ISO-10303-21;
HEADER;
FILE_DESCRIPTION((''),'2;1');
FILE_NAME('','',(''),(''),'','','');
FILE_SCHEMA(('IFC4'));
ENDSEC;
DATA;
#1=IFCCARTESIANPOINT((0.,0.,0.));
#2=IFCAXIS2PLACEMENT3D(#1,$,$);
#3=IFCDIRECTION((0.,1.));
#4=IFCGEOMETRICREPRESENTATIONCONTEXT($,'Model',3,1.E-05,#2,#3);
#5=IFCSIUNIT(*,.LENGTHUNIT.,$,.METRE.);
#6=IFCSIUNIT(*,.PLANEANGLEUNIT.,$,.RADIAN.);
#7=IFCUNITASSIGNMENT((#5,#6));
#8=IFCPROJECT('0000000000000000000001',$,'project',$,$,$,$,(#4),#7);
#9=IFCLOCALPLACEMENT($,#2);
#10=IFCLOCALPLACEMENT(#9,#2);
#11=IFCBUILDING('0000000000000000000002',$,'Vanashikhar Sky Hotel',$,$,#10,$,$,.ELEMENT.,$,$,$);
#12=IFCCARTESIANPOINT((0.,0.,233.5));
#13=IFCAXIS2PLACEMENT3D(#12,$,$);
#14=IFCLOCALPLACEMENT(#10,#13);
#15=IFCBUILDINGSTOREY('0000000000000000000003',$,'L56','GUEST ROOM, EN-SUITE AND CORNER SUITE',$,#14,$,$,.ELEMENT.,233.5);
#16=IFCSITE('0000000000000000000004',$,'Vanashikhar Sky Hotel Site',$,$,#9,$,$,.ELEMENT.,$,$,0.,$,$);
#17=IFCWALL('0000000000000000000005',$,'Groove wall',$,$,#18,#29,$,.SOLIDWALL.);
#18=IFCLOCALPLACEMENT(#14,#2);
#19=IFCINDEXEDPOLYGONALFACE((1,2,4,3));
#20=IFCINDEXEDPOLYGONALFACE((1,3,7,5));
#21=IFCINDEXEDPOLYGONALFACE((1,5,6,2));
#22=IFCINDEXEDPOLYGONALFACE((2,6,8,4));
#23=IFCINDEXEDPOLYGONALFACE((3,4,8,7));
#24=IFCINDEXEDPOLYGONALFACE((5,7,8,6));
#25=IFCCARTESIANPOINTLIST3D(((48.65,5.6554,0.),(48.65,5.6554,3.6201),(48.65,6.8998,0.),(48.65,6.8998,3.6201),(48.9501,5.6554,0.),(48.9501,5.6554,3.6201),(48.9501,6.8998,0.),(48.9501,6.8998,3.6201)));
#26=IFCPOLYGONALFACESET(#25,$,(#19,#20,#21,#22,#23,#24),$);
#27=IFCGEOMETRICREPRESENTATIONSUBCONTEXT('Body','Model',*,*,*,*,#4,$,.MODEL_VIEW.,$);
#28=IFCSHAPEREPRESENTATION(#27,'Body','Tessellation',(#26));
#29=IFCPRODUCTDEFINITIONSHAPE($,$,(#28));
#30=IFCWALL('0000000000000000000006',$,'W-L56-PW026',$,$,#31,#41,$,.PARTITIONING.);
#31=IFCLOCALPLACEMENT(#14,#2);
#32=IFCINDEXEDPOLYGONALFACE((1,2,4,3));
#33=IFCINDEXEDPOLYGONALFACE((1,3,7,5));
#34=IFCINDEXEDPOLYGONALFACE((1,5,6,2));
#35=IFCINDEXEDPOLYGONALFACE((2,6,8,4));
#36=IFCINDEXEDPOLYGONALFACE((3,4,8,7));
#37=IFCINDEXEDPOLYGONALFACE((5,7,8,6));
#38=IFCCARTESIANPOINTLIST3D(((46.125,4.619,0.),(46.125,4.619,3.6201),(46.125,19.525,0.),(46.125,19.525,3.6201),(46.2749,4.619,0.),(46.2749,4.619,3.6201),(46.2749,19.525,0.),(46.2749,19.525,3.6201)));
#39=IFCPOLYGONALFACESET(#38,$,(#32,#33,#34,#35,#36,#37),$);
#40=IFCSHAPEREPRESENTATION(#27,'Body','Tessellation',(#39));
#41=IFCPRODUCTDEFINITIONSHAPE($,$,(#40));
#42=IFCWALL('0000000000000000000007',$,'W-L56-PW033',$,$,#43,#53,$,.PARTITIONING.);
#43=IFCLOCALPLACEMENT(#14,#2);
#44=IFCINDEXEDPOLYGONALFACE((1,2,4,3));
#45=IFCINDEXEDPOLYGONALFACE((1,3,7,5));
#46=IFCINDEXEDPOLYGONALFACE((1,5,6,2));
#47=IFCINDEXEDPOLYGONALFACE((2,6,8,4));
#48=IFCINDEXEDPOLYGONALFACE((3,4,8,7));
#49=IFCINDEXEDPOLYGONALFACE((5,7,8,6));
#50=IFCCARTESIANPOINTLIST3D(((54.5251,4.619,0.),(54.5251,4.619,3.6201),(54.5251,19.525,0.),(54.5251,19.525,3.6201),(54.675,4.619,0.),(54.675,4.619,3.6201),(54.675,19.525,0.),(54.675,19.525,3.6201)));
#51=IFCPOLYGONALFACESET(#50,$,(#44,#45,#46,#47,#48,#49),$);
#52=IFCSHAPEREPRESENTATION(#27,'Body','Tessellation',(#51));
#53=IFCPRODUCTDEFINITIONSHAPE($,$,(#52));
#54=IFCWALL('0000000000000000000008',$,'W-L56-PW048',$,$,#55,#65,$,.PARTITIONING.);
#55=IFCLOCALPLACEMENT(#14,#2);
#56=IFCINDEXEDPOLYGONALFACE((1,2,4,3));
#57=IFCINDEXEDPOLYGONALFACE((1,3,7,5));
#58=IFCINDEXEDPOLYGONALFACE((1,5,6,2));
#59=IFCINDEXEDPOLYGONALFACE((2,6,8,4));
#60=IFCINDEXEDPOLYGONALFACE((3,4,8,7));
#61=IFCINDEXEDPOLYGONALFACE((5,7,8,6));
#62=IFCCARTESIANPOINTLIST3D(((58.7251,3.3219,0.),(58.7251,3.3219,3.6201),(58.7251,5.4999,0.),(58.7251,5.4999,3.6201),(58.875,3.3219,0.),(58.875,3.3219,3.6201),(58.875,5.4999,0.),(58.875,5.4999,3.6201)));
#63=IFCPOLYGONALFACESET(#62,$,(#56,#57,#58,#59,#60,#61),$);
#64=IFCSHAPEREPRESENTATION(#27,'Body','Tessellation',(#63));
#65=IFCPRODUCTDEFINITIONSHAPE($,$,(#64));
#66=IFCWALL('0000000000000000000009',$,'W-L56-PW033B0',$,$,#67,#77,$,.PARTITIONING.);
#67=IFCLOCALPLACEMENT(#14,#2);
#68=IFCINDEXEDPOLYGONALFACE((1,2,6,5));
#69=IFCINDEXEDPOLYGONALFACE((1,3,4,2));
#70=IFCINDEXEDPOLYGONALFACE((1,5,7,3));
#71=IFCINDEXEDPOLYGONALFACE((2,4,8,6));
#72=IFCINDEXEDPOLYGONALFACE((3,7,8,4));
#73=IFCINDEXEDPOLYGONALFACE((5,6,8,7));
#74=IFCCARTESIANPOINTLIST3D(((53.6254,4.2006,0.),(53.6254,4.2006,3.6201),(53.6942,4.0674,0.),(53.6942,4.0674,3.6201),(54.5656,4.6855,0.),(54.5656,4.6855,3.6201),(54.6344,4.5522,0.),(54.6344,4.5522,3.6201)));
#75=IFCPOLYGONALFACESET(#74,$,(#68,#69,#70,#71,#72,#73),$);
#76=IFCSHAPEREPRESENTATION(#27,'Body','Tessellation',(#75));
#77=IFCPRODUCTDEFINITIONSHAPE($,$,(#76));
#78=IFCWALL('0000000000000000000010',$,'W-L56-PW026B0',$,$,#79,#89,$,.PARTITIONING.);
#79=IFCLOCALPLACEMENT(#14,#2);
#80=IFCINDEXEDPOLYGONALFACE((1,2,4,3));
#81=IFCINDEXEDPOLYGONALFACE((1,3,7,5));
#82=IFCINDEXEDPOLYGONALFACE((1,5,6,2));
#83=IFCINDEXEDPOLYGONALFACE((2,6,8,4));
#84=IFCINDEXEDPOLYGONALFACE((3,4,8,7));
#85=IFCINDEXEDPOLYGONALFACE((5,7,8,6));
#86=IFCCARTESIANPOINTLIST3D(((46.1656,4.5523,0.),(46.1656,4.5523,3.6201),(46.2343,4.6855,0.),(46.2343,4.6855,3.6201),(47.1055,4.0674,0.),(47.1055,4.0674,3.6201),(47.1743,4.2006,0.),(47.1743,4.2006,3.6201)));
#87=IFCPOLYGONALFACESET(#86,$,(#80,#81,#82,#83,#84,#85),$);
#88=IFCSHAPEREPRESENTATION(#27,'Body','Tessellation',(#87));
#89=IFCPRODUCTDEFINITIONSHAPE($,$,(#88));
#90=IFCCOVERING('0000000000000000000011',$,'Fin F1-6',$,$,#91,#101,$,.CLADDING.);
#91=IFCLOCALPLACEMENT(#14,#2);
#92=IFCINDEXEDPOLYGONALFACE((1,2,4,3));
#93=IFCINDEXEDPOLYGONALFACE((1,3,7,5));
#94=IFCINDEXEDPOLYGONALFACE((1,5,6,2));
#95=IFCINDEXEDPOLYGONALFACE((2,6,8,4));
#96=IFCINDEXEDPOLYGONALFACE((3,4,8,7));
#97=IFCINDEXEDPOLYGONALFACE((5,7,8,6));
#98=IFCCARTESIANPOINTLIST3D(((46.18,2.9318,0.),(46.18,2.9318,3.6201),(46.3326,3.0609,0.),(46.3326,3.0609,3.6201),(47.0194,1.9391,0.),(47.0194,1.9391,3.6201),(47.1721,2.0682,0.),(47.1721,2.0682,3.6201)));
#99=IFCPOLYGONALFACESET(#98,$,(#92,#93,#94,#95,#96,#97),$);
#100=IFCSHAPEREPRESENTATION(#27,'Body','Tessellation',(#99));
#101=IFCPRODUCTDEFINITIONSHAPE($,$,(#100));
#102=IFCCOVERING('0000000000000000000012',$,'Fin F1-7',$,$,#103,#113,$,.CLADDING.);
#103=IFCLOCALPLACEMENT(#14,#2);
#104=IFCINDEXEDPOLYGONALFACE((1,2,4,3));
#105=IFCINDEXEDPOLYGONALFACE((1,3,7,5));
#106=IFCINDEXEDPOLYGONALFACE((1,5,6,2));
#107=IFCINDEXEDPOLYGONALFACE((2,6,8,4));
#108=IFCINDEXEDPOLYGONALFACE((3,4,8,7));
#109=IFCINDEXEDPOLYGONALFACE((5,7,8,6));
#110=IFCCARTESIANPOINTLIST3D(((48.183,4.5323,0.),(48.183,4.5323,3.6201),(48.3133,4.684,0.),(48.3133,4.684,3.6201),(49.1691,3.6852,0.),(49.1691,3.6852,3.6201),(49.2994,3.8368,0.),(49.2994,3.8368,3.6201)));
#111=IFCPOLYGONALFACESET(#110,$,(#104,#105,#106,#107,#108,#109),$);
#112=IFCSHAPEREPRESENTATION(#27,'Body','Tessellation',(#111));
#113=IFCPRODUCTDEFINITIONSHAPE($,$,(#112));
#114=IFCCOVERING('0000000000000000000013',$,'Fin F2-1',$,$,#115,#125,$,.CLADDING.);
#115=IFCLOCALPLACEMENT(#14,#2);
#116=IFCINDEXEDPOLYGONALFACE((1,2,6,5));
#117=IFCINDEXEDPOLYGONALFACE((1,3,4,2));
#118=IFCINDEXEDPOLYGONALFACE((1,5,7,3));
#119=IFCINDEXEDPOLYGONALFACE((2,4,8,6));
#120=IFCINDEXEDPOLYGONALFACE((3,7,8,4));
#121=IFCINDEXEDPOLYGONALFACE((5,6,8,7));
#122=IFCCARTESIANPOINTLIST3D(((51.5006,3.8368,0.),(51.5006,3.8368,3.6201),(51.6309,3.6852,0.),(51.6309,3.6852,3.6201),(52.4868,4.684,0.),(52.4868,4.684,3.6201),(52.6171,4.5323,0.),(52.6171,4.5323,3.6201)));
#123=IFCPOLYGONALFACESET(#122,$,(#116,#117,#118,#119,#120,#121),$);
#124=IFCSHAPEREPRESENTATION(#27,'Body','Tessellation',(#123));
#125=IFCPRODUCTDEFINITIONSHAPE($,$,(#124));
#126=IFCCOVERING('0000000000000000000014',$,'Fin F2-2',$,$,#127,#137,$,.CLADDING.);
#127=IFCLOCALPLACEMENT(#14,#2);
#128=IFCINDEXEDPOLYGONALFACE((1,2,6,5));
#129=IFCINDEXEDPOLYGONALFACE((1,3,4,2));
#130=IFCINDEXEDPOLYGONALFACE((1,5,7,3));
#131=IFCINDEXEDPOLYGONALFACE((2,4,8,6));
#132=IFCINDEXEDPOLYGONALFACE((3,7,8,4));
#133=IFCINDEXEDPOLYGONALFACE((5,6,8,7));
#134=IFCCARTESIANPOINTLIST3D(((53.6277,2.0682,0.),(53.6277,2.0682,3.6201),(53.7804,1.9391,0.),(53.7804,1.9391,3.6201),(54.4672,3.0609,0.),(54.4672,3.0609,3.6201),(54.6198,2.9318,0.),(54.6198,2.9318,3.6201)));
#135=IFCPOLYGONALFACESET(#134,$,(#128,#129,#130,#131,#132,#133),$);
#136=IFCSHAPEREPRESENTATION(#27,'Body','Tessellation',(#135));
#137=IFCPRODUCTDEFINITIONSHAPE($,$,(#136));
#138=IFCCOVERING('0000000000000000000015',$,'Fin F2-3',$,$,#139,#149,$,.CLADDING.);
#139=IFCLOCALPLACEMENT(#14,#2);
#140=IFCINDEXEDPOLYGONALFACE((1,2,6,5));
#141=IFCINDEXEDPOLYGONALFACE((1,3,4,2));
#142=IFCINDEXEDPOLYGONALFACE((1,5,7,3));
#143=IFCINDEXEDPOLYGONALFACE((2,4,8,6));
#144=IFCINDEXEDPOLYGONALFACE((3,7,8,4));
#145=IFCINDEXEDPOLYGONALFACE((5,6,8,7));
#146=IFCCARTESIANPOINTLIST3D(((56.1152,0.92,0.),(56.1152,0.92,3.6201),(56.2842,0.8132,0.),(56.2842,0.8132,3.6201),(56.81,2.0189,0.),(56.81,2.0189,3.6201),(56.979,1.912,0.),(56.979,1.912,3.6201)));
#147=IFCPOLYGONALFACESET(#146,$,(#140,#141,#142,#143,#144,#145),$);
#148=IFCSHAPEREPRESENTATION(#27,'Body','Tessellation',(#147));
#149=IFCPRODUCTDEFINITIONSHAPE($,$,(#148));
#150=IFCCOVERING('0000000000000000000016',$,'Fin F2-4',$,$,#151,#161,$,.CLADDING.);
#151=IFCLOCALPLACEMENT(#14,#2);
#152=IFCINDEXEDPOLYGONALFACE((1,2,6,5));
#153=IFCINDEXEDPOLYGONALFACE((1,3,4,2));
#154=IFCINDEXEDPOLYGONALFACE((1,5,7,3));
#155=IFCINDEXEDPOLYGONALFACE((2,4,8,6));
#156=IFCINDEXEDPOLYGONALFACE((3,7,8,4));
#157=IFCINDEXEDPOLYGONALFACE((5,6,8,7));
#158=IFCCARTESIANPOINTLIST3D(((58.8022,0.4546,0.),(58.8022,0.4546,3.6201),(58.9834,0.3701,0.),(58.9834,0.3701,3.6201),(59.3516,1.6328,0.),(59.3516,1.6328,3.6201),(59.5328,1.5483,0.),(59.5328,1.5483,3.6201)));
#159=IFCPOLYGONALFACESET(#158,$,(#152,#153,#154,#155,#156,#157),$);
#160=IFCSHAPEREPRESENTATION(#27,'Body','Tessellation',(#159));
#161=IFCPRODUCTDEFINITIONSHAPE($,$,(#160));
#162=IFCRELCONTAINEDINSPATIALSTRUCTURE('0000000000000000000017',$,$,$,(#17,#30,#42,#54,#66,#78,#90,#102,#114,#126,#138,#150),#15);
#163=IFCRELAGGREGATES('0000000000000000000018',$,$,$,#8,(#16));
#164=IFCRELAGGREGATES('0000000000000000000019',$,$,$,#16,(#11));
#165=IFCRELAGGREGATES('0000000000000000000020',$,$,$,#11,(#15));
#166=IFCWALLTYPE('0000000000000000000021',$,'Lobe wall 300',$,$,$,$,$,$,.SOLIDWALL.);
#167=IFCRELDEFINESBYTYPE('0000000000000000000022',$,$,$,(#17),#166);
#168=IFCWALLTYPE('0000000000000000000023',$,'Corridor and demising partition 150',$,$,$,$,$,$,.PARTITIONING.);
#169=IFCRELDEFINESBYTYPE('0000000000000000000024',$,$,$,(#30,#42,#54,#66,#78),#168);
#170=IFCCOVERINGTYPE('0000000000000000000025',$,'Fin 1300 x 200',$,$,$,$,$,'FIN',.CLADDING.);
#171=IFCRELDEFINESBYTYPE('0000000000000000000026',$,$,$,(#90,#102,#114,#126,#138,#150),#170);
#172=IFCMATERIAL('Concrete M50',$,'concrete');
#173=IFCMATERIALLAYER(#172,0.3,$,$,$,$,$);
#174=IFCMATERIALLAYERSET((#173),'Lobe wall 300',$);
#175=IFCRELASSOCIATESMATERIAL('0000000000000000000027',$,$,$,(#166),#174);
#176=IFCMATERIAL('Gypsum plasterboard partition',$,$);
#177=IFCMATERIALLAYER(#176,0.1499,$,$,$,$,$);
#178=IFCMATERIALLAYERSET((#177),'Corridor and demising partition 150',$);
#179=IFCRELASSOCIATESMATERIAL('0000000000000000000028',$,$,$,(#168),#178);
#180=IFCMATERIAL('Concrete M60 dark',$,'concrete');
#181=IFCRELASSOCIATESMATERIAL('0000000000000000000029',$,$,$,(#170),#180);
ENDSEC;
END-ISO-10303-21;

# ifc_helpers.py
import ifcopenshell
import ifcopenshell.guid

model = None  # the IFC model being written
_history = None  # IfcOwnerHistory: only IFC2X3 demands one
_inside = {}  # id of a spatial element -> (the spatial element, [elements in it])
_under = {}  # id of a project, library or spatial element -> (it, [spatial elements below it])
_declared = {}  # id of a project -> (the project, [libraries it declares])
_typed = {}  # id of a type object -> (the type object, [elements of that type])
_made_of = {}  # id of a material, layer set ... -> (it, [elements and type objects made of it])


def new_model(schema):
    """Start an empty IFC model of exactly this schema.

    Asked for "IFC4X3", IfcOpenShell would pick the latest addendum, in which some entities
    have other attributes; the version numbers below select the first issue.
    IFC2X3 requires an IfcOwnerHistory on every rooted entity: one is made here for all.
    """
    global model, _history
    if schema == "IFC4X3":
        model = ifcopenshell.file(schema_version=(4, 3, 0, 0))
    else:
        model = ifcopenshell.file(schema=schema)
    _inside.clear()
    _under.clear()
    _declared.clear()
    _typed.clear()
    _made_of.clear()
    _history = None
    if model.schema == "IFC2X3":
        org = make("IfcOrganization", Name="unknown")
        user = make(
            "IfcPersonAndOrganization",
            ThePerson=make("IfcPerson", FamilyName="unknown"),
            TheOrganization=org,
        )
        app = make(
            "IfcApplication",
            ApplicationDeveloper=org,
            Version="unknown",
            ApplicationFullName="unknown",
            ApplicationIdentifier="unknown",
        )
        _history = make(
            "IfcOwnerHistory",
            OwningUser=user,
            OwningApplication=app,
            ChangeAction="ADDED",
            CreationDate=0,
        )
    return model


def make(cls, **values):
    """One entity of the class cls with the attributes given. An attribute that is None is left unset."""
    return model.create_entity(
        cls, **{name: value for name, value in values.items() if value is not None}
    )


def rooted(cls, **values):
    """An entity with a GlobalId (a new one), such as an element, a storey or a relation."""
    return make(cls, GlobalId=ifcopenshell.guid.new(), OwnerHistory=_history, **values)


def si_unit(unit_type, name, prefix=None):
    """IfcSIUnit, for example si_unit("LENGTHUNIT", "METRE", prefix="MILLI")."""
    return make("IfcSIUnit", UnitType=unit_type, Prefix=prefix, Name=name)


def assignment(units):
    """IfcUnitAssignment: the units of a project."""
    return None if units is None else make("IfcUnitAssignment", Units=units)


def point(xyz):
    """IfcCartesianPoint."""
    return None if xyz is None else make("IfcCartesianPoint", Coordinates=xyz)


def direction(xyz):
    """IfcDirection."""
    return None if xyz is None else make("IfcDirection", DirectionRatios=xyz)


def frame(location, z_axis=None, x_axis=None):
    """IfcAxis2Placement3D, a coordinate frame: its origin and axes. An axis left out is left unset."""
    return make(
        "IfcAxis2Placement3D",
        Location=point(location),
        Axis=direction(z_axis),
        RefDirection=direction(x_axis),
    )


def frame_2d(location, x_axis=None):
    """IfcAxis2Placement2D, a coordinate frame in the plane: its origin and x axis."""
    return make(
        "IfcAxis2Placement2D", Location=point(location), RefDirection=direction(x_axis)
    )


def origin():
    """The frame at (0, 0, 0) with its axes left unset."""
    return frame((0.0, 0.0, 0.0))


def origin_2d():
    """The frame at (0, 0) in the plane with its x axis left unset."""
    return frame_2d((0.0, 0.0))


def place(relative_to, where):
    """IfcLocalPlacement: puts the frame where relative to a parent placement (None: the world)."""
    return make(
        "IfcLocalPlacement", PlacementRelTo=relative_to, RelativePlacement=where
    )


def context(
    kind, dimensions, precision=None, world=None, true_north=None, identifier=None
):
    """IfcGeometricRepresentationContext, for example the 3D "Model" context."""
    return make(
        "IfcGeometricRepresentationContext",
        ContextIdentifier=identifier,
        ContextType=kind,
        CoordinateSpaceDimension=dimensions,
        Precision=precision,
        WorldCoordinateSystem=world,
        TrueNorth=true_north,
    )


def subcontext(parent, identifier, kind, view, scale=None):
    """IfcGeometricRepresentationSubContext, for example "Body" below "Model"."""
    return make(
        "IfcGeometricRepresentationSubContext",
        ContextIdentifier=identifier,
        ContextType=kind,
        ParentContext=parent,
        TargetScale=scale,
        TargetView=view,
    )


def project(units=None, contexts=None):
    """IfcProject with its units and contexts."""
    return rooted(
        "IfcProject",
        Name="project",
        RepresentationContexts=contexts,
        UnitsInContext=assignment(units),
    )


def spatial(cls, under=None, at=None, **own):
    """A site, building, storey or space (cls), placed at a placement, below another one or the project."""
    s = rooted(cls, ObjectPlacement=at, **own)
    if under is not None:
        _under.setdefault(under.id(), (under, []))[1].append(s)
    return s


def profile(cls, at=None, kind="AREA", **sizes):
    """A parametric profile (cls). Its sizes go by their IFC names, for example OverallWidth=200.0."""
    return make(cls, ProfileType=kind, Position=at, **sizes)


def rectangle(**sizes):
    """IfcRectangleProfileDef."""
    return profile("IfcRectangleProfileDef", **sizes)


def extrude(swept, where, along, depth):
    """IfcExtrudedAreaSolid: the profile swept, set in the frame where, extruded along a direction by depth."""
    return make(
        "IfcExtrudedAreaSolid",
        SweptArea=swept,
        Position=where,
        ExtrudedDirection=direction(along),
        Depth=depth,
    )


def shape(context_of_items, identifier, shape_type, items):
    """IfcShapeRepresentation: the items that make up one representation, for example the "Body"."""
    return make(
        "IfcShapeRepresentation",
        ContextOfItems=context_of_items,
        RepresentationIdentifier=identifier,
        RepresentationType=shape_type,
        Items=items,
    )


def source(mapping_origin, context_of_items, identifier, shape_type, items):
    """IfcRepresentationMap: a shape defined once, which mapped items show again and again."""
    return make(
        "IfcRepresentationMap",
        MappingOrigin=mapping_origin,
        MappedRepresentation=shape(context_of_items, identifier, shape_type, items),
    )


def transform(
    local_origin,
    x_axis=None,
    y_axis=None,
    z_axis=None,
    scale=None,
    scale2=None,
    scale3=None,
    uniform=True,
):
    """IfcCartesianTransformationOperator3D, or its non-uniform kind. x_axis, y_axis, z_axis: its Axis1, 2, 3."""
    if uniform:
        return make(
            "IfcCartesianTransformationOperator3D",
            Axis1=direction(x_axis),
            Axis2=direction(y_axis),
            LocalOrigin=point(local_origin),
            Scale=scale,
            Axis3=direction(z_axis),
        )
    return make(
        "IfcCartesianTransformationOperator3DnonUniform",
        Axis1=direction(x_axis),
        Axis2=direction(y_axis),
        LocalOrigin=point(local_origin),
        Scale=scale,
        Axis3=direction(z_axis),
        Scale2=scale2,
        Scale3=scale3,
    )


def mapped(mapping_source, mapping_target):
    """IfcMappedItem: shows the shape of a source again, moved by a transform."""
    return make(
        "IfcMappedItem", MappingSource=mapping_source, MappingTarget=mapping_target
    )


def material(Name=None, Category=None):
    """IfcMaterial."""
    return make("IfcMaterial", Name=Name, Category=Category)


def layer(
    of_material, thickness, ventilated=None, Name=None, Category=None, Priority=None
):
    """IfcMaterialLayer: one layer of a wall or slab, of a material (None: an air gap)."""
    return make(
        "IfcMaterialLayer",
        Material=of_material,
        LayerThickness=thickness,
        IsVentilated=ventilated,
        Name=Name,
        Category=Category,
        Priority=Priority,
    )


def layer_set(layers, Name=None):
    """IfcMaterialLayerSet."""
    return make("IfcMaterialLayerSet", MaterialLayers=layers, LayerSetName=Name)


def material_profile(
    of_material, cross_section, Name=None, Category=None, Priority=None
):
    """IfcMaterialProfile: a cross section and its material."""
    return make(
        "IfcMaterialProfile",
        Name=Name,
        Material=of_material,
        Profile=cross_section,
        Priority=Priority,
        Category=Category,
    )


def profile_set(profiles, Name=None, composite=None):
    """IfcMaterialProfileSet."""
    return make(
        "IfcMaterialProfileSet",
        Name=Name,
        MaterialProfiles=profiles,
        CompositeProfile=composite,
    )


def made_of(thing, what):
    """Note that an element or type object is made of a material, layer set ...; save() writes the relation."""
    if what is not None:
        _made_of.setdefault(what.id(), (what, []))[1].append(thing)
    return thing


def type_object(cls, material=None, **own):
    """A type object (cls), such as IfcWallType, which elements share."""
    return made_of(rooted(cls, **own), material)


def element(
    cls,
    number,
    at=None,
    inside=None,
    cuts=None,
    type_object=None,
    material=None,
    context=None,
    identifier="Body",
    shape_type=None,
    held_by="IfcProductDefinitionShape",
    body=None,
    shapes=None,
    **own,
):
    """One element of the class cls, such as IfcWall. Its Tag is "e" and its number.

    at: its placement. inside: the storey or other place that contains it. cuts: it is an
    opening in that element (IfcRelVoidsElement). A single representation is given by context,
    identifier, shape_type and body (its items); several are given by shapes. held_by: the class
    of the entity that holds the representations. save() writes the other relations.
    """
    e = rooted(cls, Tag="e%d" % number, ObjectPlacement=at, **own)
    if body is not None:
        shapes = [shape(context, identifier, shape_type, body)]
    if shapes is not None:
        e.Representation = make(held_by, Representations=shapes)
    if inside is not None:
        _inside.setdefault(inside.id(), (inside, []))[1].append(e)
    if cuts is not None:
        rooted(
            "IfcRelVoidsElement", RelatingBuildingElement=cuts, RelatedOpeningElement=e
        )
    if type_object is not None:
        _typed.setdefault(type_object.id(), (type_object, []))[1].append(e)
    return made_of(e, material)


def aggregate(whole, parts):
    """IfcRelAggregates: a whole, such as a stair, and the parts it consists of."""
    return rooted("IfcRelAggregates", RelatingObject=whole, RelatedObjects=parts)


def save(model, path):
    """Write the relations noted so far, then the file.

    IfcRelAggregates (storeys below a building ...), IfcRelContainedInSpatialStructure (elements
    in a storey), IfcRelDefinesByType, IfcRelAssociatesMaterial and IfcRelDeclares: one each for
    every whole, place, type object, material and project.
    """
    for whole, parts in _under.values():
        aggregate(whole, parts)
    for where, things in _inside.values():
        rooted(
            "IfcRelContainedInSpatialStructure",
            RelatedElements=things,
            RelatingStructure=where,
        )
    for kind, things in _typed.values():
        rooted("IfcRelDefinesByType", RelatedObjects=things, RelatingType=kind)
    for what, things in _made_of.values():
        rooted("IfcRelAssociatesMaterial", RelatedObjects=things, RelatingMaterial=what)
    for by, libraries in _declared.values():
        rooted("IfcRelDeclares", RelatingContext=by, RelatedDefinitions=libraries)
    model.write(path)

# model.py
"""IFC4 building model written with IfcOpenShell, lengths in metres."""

from ifc_helpers import new_model, si_unit, direction, frame, frame_2d, origin, origin_2d, place, context, subcontext, project, spatial, rectangle, extrude, source, transform, mapped, material, layer, layer_set, material_profile, profile_set, type_object, element, save


model = new_model("IFC4")

# Units and contexts
model_context = context("Model", 3, precision=1e-05, world=origin(), true_north=direction((0.0, 1.0)))
body_context = subcontext(model_context, "Body", "Model", "MODEL_VIEW")
ifc_project = project(units=[si_unit("LENGTHUNIT", "METRE"), si_unit("PLANEANGLEUNIT", "RADIAN")], contexts=[model_context])

# Site, building, storey
site_placement = place(None, origin())
site = spatial("IfcSite", under=ifc_project, at=site_placement, Name="Vanashikhar Sky Hotel Site", CompositionType="ELEMENT", RefElevation=0.0)
building_placement = place(site_placement, origin())
building = spatial("IfcBuilding", under=site, at=building_placement, Name="Vanashikhar Sky Hotel", CompositionType="ELEMENT")
storey_placement = place(building_placement, frame((0.0, 0.0, 233.5)))
storey = spatial("IfcBuildingStorey", under=building, at=storey_placement, Name="L56", Description="GUEST ROOM, EN-SUITE AND CORNER SUITE", CompositionType="ELEMENT", Elevation=233.5)

# Shared definitions
ifc_material_1 = material(Name="Concrete M50", Category="concrete")
ifc_layer_1 = layer(ifc_material_1, 0.3)
ifc_layer_set_1 = layer_set([ifc_layer_1], Name="Lobe wall 300")
wall_type_1 = type_object("IfcWallType", Name="Lobe wall 300", PredefinedType="SOLIDWALL", material=ifc_layer_set_1)

# Walls
shared_shape_1 = source(origin(), body_context, "Body", "SweptSolid", [
    extrude(rectangle(XDim=1.2444, YDim=0.3, at=frame_2d((0.6221, 0.0))), origin(), (0.0, 0.0, 1.0), 3.6201),
])
wall_1_placement = place(storey_placement, frame((48.8, 5.6555, 0.0), z_axis=(0.0, 0.0, 1.0), x_axis=(0.0, 1.0, 0.0)))
element("IfcWall", 1, at=wall_1_placement, inside=storey, type_object=wall_type_1, Name="Groove wall", PredefinedType="SOLIDWALL", context=body_context, shape_type="MappedRepresentation", body=[
    mapped(shared_shape_1, transform((0.0, 0.0, 0.0), scale=1.0)),
])
ifc_material_2 = material(Name="Gypsum plasterboard partition")
ifc_layer_2 = layer(ifc_material_2, 0.1499)
ifc_layer_set_2 = layer_set([ifc_layer_2], Name="Corridor and demising partition 150")
wall_type_2 = type_object("IfcWallType", Name="Corridor and demising partition 150", PredefinedType="PARTITIONING", material=ifc_layer_set_2)
shared_shape_2 = source(origin(), body_context, "Body", "SweptSolid", [
    extrude(rectangle(XDim=14.906, YDim=0.1499, at=frame_2d((7.4531, 0.0))), origin(), (0.0, 0.0, 1.0), 3.6201),
])
for number, where, z_axis, x_axis, name in (
    (2, (46.2, 4.6189, 0.0), (0.0, 0.0, 1.0), (0.0, 1.0, 0.0), "W-L56-PW026"),
    (3, (54.6001, 4.6189, 0.0), (0.0, 0.0, 1.0), (0.0, 1.0, 0.0), "W-L56-PW033"),
):
    element("IfcWall", number, at=place(storey_placement, frame(where, z_axis=z_axis, x_axis=x_axis)), inside=storey, type_object=wall_type_2, Name=name, PredefinedType="PARTITIONING", context=body_context, shape_type="MappedRepresentation", body=[
        mapped(shared_shape_2, transform((0.0, 0.0, 0.0), scale=1.0)),
    ])
shared_shape_3 = source(origin(), body_context, "Body", "SweptSolid", [
    extrude(rectangle(XDim=2.178, YDim=0.1499, at=frame_2d((1.0889, 0.0))), origin(), (0.0, 0.0, 1.0), 3.6201),
])
wall_2_placement = place(storey_placement, frame((58.8, 3.322, 0.0), z_axis=(0.0, 0.0, 1.0), x_axis=(0.0, 1.0, 0.0)))
element("IfcWall", 4, at=wall_2_placement, inside=storey, type_object=wall_type_2, Name="W-L56-PW048", PredefinedType="PARTITIONING", context=body_context, shape_type="MappedRepresentation", body=[
    mapped(shared_shape_3, transform((0.0, 0.0, 0.0), scale=1.0)),
])
shared_shape_4 = source(origin(), body_context, "Body", "SweptSolid", [
    extrude(rectangle(XDim=1.0579, YDim=0.1499, at=frame_2d((0.5288, 0.0))), origin(), (0.0, 0.0, 1.0), 3.6201),
])
wall_3_placement = place(storey_placement, frame((53.6599, 4.134, 0.0), z_axis=(0.0, 0.0, 1.0), x_axis=(0.888772, 0.458349, 0.0)))
element("IfcWall", 5, at=wall_3_placement, inside=storey, type_object=wall_type_2, Name="W-L56-PW033B0", PredefinedType="PARTITIONING", context=body_context, shape_type="MappedRepresentation", body=[
    mapped(shared_shape_4, transform((0.0, 0.0, 0.0), scale=1.0)),
])
shared_shape_5 = source(origin(), body_context, "Body", "SweptSolid", [
    extrude(rectangle(XDim=1.0576, YDim=0.1499, at=frame_2d((0.5288, 0.0))), origin(), (0.0, 0.0, 1.0), 3.6201),
])
wall_4_placement = place(storey_placement, frame((47.1399, 4.134, 0.0), z_axis=(0.0, 0.0, 1.0), x_axis=(-0.888724, 0.458443, 0.0)))
element("IfcWall", 6, at=wall_4_placement, inside=storey, type_object=wall_type_2, Name="W-L56-PW026B0", PredefinedType="PARTITIONING", context=body_context, shape_type="MappedRepresentation", body=[
    mapped(shared_shape_5, transform((0.0, 0.0, 0.0), scale=1.0)),
])

# Coverings
ifc_material_3 = material(Name="Concrete M60 dark", Category="concrete")
ifc_material_profile = material_profile(ifc_material_3, rectangle(XDim=1.3, YDim=0.2, at=origin_2d()))
ifc_profile_set = profile_set([ifc_material_profile], Name="Fin 1300 x 200")
covering_type = type_object("IfcCoveringType", Name="Fin 1300 x 200", ElementType="FIN", PredefinedType="CLADDING", material=ifc_profile_set)
shared_shape_6 = source(origin(), body_context, "Body", "SweptSolid", [
    extrude(rectangle(XDim=1.3, YDim=0.2, at=origin_2d()), origin(), (0.0, 0.0, 1.0), 3.6201),
])
for number, where, z_axis, x_axis, name in (
    (7, (46.676, 2.5, 0.0), (0.0, 0.0, 1.0), (0.645698, -0.763593, 0.0), "Fin F1-6"),
    (8, (48.7412, 4.1846, 0.0), (0.0, 0.0, 1.0), (0.758544, -0.651622, 0.0), "Fin F1-7"),
    (9, (52.0588, 4.1846, 0.0), (0.0, 0.0, 1.0), (-0.758544, -0.651622, 0.0), "Fin F2-1"),
    (10, (54.1238, 2.5, 0.0), (0.0, 0.0, 1.0), (-0.645698, -0.763593, 0.0), "Fin F2-2"),
    (11, (56.5471, 1.416, 0.0), (0.0, 0.0, 1.0), (-0.534411, -0.845225, 0.0), "Fin F2-3"),
    (12, (59.1675, 1.0015, 0.0), (0.0, 0.0, 1.0), (-0.422618, -0.906308, 0.0), "Fin F2-4"),
):
    element("IfcCovering", number, at=place(storey_placement, frame(where, z_axis=z_axis, x_axis=x_axis)), inside=storey, type_object=covering_type, Name=name, PredefinedType="CLADDING", context=body_context, shape_type="MappedRepresentation", body=[
        mapped(shared_shape_6, transform((0.0, 0.0, 0.0), scale=1.0)),
    ])

save(model, "model.ifc")
